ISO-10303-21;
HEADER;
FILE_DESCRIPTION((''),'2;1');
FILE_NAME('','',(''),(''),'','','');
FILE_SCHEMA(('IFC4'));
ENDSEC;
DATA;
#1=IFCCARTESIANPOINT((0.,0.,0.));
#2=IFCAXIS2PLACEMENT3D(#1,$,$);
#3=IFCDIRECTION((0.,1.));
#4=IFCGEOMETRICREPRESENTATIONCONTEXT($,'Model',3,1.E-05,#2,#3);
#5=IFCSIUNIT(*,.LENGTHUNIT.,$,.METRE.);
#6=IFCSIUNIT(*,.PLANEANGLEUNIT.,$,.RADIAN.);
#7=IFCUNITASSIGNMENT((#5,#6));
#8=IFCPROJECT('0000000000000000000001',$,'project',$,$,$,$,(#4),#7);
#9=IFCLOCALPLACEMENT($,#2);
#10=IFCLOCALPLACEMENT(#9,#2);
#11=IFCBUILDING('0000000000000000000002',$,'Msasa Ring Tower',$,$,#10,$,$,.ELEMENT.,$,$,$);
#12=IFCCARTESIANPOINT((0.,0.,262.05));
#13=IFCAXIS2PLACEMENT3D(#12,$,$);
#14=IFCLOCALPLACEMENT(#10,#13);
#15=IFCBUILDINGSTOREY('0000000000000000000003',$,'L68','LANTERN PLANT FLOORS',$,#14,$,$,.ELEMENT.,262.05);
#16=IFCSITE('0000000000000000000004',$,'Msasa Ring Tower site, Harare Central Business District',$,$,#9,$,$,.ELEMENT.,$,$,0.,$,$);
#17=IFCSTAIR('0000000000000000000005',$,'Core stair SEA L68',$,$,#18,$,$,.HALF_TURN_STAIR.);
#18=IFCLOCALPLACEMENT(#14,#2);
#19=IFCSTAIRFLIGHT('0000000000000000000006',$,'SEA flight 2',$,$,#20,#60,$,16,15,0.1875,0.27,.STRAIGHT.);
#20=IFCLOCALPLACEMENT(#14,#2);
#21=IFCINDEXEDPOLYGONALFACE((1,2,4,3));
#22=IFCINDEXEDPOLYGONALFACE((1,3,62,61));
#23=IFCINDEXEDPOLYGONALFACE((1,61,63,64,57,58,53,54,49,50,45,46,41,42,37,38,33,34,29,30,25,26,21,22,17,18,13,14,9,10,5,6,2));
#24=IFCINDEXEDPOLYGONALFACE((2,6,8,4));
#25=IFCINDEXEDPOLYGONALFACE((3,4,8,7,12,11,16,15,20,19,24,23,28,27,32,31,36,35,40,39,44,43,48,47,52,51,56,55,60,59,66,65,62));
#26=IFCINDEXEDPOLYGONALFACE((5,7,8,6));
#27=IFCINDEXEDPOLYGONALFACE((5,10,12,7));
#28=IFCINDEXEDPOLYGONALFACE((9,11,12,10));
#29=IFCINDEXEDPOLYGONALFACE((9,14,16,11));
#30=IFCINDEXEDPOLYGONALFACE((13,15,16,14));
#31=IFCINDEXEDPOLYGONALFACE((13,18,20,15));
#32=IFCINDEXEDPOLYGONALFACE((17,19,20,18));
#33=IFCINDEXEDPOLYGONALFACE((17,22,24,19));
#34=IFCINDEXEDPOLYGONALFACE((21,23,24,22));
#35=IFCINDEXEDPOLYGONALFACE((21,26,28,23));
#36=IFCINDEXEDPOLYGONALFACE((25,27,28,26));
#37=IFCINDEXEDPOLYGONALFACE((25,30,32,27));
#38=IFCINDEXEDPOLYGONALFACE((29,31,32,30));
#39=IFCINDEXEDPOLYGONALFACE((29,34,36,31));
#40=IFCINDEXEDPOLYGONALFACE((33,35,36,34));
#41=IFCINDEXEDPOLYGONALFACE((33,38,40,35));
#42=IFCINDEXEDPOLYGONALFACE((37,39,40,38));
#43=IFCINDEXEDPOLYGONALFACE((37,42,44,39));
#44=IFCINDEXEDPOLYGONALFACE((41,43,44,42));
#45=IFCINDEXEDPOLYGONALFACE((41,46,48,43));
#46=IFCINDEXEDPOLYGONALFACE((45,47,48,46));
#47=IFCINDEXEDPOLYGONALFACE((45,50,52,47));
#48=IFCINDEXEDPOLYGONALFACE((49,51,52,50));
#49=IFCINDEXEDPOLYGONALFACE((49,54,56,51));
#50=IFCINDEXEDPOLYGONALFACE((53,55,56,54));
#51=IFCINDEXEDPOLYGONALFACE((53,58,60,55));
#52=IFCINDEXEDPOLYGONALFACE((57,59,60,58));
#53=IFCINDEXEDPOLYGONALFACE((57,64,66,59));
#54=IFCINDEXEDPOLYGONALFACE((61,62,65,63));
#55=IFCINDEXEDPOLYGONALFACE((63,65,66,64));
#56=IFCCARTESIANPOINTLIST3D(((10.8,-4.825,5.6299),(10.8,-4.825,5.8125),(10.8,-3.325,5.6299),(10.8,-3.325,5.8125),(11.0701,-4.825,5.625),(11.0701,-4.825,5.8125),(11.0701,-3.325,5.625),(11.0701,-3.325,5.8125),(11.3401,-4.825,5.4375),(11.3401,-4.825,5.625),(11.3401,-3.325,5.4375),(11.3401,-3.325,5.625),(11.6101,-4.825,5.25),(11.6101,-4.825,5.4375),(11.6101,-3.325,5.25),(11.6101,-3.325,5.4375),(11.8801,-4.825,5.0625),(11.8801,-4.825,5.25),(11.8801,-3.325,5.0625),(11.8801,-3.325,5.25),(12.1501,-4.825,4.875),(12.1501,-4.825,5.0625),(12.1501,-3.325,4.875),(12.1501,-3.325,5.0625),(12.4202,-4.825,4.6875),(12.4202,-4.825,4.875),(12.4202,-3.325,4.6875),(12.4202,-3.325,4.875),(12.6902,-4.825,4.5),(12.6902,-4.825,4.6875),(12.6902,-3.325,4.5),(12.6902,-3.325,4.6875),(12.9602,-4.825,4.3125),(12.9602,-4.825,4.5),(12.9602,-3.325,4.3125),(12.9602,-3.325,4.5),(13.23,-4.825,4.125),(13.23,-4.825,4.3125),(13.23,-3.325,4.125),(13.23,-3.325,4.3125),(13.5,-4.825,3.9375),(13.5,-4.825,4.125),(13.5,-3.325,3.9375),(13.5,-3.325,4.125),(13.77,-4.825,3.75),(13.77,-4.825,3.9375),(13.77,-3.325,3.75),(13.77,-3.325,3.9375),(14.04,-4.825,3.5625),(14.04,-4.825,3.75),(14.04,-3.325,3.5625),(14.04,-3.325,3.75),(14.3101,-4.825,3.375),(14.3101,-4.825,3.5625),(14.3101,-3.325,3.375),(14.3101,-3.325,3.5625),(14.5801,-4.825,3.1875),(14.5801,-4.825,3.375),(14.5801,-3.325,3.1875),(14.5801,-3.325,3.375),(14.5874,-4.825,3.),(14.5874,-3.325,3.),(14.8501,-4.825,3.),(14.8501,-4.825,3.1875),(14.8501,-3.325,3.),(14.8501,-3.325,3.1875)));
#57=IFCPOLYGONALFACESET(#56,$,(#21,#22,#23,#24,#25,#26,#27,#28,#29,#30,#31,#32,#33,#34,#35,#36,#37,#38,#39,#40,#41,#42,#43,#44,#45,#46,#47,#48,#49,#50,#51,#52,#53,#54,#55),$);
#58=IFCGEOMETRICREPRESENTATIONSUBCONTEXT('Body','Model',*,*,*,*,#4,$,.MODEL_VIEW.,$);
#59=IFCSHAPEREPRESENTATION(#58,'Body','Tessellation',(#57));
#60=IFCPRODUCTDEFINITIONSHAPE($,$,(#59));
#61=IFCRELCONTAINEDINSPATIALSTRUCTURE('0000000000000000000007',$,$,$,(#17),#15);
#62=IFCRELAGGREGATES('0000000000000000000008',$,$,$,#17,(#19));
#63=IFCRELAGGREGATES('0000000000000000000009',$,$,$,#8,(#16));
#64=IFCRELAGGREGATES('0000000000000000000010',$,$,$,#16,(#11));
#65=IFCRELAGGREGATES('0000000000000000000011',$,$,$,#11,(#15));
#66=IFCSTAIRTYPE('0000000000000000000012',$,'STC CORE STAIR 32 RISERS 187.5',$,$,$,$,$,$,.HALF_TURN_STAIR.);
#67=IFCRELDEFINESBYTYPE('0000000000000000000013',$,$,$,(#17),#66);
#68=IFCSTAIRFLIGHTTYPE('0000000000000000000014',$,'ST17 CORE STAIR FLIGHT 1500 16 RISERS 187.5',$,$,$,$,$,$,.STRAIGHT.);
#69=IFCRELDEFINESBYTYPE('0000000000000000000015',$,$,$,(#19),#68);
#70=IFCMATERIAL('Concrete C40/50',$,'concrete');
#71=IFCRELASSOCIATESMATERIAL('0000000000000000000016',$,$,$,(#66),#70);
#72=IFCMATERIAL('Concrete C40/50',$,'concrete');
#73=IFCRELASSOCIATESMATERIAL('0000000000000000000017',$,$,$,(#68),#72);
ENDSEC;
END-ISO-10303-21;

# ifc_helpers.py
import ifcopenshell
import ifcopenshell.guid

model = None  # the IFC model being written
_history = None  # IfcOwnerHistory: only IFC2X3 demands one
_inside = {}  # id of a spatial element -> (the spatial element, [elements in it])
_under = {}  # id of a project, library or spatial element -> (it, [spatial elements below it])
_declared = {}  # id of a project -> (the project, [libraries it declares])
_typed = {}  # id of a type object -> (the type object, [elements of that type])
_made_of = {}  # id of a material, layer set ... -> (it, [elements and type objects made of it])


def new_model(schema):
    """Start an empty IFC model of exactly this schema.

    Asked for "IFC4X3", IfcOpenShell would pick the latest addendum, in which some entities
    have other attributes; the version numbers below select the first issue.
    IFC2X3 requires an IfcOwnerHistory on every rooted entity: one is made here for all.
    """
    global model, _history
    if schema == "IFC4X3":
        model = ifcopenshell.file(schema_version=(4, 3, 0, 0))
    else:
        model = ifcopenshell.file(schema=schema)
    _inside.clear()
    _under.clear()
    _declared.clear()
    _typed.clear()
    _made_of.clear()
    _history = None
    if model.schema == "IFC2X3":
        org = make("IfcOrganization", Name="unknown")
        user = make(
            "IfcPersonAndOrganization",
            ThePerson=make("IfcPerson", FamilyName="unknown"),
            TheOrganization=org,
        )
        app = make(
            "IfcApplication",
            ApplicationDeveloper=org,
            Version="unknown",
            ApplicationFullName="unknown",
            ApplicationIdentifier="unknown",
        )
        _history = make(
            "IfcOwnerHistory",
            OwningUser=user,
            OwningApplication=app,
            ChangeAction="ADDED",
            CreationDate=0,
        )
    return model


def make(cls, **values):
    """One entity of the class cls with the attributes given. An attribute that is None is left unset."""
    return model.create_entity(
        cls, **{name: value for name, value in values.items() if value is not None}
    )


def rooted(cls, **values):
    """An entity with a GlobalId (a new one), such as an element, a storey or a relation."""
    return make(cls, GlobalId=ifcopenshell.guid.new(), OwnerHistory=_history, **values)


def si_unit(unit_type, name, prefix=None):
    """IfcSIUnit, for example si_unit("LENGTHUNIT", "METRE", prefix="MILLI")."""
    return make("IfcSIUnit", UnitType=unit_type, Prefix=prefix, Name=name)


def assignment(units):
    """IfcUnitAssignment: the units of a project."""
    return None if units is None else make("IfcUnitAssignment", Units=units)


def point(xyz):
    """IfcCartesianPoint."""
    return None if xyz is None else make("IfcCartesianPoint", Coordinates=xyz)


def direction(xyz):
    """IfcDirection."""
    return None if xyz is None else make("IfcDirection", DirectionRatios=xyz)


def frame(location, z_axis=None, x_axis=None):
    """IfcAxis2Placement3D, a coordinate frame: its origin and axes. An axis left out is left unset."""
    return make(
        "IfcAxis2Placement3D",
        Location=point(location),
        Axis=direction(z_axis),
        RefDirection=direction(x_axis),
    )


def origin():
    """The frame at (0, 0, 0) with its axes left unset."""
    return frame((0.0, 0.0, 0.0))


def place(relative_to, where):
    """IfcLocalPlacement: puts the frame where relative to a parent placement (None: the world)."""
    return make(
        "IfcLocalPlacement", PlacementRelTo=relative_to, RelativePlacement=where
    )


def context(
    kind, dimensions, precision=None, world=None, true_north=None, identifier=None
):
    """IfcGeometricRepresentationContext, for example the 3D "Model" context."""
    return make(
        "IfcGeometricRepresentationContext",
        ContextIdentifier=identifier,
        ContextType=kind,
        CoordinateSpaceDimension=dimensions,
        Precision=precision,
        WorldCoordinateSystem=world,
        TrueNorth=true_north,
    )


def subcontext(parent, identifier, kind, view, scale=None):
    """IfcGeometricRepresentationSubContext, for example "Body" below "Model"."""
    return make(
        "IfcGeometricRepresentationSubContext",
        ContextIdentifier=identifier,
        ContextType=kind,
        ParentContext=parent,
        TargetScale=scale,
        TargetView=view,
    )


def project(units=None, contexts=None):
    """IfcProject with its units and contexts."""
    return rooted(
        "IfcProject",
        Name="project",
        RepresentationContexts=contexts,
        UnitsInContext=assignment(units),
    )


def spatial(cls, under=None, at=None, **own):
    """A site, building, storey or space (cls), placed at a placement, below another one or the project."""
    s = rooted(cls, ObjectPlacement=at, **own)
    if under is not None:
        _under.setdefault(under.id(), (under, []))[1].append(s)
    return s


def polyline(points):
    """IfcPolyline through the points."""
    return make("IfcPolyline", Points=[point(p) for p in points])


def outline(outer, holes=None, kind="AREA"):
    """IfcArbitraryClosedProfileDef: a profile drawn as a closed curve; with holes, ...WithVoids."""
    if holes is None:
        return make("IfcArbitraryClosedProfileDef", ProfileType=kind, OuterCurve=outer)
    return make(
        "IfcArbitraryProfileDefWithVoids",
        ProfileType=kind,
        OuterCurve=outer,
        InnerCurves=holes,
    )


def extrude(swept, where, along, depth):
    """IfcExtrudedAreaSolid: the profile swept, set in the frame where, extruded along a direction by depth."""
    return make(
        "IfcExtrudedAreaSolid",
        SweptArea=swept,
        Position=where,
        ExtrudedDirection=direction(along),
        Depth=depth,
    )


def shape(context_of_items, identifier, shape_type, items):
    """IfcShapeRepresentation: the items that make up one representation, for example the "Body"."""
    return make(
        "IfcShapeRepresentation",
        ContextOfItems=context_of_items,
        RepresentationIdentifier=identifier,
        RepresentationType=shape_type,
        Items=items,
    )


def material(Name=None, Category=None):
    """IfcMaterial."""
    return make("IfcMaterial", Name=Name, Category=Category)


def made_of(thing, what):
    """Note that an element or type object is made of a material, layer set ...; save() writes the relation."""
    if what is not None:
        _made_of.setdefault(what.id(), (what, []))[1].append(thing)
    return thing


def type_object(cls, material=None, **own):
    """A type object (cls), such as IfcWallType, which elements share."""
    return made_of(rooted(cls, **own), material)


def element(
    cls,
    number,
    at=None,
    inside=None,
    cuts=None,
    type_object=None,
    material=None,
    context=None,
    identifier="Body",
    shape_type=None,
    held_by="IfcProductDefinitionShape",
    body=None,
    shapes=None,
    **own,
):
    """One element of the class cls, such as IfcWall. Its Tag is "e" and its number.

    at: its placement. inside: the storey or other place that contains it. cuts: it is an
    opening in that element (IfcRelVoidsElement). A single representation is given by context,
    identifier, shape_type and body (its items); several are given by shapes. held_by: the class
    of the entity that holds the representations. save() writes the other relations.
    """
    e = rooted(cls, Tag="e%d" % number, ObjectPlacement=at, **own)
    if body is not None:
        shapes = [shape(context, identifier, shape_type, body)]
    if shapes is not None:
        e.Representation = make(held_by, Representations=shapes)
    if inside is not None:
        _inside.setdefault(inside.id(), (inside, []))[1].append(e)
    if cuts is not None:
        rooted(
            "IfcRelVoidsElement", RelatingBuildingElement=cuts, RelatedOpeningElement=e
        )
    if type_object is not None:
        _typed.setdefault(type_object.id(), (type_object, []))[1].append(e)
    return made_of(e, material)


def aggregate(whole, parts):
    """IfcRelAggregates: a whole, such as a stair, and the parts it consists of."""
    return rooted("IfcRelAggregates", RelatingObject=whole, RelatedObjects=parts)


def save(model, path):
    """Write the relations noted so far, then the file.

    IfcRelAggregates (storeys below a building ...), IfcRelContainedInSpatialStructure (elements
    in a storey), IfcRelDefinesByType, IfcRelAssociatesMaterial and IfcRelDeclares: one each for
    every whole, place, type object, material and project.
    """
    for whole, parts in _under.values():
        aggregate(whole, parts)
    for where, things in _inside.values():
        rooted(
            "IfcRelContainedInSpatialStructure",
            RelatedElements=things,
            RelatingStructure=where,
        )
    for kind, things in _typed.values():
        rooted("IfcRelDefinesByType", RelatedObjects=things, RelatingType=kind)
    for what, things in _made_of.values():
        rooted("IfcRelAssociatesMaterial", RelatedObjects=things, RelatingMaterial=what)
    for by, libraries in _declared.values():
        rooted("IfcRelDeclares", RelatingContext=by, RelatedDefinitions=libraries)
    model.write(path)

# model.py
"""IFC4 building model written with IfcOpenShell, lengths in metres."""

from ifc_helpers import new_model, si_unit, direction, frame, origin, place, context, subcontext, project, spatial, polyline, outline, extrude, material, type_object, element, aggregate, save


model = new_model("IFC4")

# Units and contexts
model_context = context("Model", 3, precision=1e-05, world=origin(), true_north=direction((0.0, 1.0)))
body_context = subcontext(model_context, "Body", "Model", "MODEL_VIEW")
ifc_project = project(units=[si_unit("LENGTHUNIT", "METRE"), si_unit("PLANEANGLEUNIT", "RADIAN")], contexts=[model_context])

# Site, building, storey
site_placement = place(None, origin())
site = spatial("IfcSite", under=ifc_project, at=site_placement, Name="Msasa Ring Tower site, Harare Central Business District", CompositionType="ELEMENT", RefElevation=0.0)
building_placement = place(site_placement, origin())
building = spatial("IfcBuilding", under=site, at=building_placement, Name="Msasa Ring Tower", CompositionType="ELEMENT")
storey_placement = place(building_placement, frame((0.0, 0.0, 262.05)))
storey = spatial("IfcBuildingStorey", under=building, at=storey_placement, Name="L68", Description="LANTERN PLANT FLOORS", CompositionType="ELEMENT", Elevation=262.05)

# Stair, stair flight
ifc_material_1 = material(Name="Concrete C40/50", Category="concrete")
stair_type = type_object("IfcStairType", Name="STC CORE STAIR 32 RISERS 187.5", PredefinedType="HALF_TURN_STAIR", material=ifc_material_1)
stair_placement = place(storey_placement, origin())
stair = element("IfcStair", 1, at=stair_placement, inside=storey, type_object=stair_type, Name="Core stair SEA L68", PredefinedType="HALF_TURN_STAIR")
ifc_material_2 = material(Name="Concrete C40/50", Category="concrete")
stair_flight_type = type_object("IfcStairFlightType", Name="ST17 CORE STAIR FLIGHT 1500 16 RISERS 187.5", PredefinedType="STRAIGHT", material=ifc_material_2)
stair_flight_placement = place(storey_placement, frame((14.8501, -4.075, 3.0), z_axis=(0.0, 0.0, 1.0), x_axis=(-1.0, 0.0, 0.0)))
stair_flight = element("IfcStairFlight", 2, at=stair_flight_placement, type_object=stair_flight_type, Name="SEA flight 2", NumberOfRisers=16, NumberOfTreads=15, PredefinedType="STRAIGHT", RiserHeight=0.1875, TreadLength=0.27, context=body_context, shape_type="SweptSolid", body=[
    extrude(outline(polyline([(0.0, 0.0), (0.0, 0.1875), (0.27, 0.1875), (0.27, 0.375), (0.54, 0.375), (0.54, 0.5625), (0.8101, 0.5625), (0.8101, 0.75), (1.0801, 0.75), (1.0801, 0.9375), (1.3501, 0.9375), (1.3501, 1.125), (1.6201, 1.125), (1.6201, 1.3125), (1.8899, 1.3125), (1.8899, 1.5), (2.1599, 1.5), (2.1599, 1.6875), (2.4299, 1.6875), (2.4299, 1.875), (2.7, 1.875), (2.7, 2.0625), (2.97, 2.0625), (2.97, 2.25), (3.24, 2.25), (3.24, 2.4375), (3.51, 2.4375), (3.51, 2.625), (3.78, 2.625), (3.78, 2.8125), (4.05, 2.8125), (4.05, 3.0), (4.05, 2.6299), (0.2627, 0.0), (0.0, 0.0)])), frame((0.0, 0.75, 0.0), z_axis=(0.0, -1.0, 0.0), x_axis=(1.0, 0.0, 0.0)), (0.0, 0.0, 1.0), 1.5),
])
aggregate(stair, [stair_flight])

save(model, "model.ifc")
